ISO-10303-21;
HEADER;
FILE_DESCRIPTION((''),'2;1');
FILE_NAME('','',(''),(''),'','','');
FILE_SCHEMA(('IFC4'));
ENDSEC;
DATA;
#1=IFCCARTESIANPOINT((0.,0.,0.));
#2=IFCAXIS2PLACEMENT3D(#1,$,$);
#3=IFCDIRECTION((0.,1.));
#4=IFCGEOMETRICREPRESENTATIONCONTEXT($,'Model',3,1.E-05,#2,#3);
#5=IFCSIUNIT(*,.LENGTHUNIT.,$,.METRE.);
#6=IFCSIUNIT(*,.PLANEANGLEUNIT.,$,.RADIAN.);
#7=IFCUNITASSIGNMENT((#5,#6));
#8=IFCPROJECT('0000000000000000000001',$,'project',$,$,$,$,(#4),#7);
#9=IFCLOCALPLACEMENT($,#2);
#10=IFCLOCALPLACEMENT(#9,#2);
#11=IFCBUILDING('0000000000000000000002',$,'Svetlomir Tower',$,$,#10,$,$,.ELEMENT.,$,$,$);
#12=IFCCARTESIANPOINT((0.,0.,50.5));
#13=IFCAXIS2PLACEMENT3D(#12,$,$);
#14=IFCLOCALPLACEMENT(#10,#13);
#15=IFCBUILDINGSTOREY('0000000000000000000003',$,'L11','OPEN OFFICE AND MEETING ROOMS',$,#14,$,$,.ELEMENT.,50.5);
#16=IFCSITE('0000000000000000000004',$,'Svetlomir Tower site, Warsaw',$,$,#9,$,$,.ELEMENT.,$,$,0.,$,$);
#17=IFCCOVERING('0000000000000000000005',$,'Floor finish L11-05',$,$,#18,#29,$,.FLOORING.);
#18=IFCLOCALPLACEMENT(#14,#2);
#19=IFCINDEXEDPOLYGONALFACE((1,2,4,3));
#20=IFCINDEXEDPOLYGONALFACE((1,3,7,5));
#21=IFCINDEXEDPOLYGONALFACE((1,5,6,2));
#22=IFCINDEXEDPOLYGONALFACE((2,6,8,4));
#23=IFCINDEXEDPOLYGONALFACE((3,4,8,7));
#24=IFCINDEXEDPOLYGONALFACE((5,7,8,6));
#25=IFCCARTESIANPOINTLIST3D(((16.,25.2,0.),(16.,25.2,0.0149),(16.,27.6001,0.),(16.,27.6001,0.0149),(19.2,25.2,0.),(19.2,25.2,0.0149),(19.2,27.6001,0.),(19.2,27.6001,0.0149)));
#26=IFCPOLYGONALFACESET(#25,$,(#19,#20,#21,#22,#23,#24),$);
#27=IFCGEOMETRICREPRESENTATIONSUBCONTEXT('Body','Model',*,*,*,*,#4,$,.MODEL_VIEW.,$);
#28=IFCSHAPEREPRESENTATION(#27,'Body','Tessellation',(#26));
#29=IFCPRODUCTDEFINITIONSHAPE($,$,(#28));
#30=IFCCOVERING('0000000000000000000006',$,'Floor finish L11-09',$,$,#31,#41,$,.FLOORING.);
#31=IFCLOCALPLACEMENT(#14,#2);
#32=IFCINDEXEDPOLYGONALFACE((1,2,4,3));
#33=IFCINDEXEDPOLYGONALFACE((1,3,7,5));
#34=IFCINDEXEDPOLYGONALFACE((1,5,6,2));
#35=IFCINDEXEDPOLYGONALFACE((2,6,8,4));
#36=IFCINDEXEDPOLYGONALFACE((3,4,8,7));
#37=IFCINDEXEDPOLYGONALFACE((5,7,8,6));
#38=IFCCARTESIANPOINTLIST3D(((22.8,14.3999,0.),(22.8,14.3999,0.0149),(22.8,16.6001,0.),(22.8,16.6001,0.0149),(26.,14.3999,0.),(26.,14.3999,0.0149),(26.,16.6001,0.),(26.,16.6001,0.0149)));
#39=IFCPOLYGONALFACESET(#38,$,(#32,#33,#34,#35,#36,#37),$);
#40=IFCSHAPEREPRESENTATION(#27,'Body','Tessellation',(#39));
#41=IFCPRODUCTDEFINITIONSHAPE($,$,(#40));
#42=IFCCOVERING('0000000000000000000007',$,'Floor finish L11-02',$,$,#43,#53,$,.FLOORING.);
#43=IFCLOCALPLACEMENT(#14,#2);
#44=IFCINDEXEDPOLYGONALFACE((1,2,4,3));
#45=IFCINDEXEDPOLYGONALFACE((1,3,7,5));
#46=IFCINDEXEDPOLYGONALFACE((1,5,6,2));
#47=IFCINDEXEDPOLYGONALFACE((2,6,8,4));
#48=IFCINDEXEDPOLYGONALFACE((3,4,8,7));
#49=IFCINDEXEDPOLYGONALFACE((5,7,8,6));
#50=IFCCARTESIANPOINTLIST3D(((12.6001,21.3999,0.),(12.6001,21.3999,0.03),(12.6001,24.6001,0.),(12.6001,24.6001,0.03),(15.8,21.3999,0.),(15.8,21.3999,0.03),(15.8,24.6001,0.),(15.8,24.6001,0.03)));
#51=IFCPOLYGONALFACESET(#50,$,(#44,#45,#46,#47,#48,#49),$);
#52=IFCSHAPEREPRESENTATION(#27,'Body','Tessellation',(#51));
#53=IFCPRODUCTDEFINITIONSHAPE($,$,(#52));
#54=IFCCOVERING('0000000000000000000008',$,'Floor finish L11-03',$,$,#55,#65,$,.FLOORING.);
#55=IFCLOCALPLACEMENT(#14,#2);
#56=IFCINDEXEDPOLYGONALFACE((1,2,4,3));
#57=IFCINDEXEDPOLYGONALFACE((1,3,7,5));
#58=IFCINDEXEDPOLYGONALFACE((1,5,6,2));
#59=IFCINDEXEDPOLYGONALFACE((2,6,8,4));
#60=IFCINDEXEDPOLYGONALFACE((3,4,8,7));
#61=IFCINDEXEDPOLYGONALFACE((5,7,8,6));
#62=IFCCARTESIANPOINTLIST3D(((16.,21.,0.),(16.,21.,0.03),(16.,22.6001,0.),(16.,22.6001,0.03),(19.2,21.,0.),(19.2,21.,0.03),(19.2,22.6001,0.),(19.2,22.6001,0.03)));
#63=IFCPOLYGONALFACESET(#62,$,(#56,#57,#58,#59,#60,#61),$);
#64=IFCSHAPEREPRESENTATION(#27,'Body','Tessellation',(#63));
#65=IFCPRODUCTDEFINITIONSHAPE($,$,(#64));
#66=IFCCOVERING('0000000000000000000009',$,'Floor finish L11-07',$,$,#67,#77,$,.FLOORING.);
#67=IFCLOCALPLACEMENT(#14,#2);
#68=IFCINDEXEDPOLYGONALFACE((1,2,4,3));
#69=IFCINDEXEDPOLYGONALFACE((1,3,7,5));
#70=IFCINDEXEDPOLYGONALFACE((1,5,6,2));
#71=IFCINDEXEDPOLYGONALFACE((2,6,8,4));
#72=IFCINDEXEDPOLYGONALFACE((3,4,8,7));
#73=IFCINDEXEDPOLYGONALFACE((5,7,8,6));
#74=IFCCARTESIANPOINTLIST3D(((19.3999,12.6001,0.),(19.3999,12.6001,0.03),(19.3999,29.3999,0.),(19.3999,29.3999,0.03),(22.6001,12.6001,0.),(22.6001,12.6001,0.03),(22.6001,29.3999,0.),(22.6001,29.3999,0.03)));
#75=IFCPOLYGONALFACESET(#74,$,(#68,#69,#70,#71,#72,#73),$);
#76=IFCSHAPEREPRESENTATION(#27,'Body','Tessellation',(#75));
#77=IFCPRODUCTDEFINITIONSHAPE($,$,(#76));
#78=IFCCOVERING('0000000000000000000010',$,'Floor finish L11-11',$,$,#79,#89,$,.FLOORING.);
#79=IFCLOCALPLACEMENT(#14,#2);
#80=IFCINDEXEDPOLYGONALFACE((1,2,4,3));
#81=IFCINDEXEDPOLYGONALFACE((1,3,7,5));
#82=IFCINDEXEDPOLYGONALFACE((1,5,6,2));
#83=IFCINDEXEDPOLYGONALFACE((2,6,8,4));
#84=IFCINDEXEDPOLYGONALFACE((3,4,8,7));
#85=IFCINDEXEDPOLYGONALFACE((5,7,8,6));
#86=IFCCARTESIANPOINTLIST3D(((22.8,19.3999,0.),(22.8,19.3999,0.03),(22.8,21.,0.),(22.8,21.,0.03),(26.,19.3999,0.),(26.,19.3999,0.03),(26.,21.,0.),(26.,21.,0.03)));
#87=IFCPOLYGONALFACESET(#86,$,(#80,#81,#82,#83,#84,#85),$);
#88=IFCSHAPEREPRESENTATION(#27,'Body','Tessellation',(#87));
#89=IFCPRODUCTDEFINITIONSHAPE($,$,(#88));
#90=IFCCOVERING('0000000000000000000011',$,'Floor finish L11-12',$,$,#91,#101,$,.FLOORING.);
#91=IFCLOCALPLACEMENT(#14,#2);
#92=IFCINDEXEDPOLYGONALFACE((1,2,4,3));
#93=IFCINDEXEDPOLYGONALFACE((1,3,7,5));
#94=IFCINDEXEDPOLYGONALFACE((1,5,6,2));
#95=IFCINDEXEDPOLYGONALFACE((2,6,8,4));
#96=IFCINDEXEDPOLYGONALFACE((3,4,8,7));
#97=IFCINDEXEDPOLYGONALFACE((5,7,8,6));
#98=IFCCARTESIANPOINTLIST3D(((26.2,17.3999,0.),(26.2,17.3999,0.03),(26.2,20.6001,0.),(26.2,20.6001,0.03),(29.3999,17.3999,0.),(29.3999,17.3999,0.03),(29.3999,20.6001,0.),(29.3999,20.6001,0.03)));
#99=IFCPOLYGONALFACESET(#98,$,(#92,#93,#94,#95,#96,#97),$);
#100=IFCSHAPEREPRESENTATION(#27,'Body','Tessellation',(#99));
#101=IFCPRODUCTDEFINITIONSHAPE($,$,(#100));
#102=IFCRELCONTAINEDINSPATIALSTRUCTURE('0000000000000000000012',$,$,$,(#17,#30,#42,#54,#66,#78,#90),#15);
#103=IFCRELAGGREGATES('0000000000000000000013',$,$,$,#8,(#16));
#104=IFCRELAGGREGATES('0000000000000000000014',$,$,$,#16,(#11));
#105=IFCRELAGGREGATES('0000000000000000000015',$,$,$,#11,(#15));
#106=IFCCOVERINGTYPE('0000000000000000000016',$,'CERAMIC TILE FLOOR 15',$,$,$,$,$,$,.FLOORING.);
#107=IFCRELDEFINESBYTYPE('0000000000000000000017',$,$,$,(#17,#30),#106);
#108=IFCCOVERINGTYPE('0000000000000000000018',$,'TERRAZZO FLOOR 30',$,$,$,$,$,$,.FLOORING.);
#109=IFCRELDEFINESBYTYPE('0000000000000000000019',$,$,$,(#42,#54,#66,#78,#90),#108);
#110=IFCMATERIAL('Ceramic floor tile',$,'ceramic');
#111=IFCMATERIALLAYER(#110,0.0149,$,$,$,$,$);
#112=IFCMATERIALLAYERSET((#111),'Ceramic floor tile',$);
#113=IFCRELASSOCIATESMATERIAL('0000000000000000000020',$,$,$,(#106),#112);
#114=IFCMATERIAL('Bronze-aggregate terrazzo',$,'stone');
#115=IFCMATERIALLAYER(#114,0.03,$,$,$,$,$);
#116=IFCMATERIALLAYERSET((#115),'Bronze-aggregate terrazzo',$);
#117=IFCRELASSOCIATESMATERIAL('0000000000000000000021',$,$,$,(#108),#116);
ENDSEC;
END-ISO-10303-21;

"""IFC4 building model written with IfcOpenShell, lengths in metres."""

from ifc_helpers import new_model, si_unit, direction, frame, origin, place, context, subcontext, project, spatial, polyline, outline, extrude, material, layer, layer_set, type_object, element, save


model = new_model("IFC4")

# Units and contexts
model_context = context("Model", 3, precision=1e-05, world=origin(), true_north=direction((0.0, 1.0)))
body_context = subcontext(model_context, "Body", "Model", "MODEL_VIEW")
ifc_project = project(units=[si_unit("LENGTHUNIT", "METRE"), si_unit("PLANEANGLEUNIT", "RADIAN")], contexts=[model_context])

# Site, building, storey
site_placement = place(None, origin())
site = spatial("IfcSite", under=ifc_project, at=site_placement, Name="Svetlomir Tower site, Warsaw", CompositionType="ELEMENT", RefElevation=0.0)
building_placement = place(site_placement, origin())
building = spatial("IfcBuilding", under=site, at=building_placement, Name="Svetlomir Tower", CompositionType="ELEMENT")
storey_placement = place(building_placement, frame((0.0, 0.0, 50.5)))
storey = spatial("IfcBuildingStorey", under=building, at=storey_placement, Name="L11", Description="OPEN OFFICE AND MEETING ROOMS", CompositionType="ELEMENT", Elevation=50.5)

# Coverings
ifc_material_1 = material(Name="Ceramic floor tile", Category="ceramic")
ifc_layer_1 = layer(ifc_material_1, 0.0149)
ifc_layer_set_1 = layer_set([ifc_layer_1], Name="Ceramic floor tile")
covering_type_1 = type_object("IfcCoveringType", Name="CERAMIC TILE FLOOR 15", PredefinedType="FLOORING", material=ifc_layer_set_1)
covering_1_placement = place(storey_placement, origin())
element("IfcCovering", 1, at=covering_1_placement, inside=storey, type_object=covering_type_1, Name="Floor finish L11-05", PredefinedType="FLOORING", context=body_context, shape_type="SweptSolid", body=[
    extrude(outline(polyline([(16.0, 25.2), (19.2, 25.2), (19.2, 27.6001), (16.0, 27.6001), (16.0, 25.2)])), origin(), (0.0, 0.0, 1.0), 0.0149),
])
covering_2_placement = place(storey_placement, origin())
element("IfcCovering", 2, at=covering_2_placement, inside=storey, type_object=covering_type_1, Name="Floor finish L11-09", PredefinedType="FLOORING", context=body_context, shape_type="SweptSolid", body=[
    extrude(outline(polyline([(22.8, 14.3999), (26.0, 14.3999), (26.0, 16.6001), (22.8, 16.6001), (22.8, 14.3999)])), origin(), (0.0, 0.0, 1.0), 0.0149),
])
ifc_material_2 = material(Name="Bronze-aggregate terrazzo", Category="stone")
ifc_layer_2 = layer(ifc_material_2, 0.03)
ifc_layer_set_2 = layer_set([ifc_layer_2], Name="Bronze-aggregate terrazzo")
covering_type_2 = type_object("IfcCoveringType", Name="TERRAZZO FLOOR 30", PredefinedType="FLOORING", material=ifc_layer_set_2)
covering_3_placement = place(storey_placement, origin())
element("IfcCovering", 3, at=covering_3_placement, inside=storey, type_object=covering_type_2, Name="Floor finish L11-02", PredefinedType="FLOORING", context=body_context, shape_type="SweptSolid", body=[
    extrude(outline(polyline([(12.6001, 21.3999), (15.8, 21.3999), (15.8, 24.6001), (12.6001, 24.6001), (12.6001, 21.3999)])), origin(), (0.0, 0.0, 1.0), 0.03),
])
covering_4_placement = place(storey_placement, origin())
element("IfcCovering", 4, at=covering_4_placement, inside=storey, type_object=covering_type_2, Name="Floor finish L11-03", PredefinedType="FLOORING", context=body_context, shape_type="SweptSolid", body=[
    extrude(outline(polyline([(16.0, 21.0), (19.2, 21.0), (19.2, 22.6001), (16.0, 22.6001), (16.0, 21.0)])), origin(), (0.0, 0.0, 1.0), 0.03),
])
covering_5_placement = place(storey_placement, origin())
element("IfcCovering", 5, at=covering_5_placement, inside=storey, type_object=covering_type_2, Name="Floor finish L11-07", PredefinedType="FLOORING", context=body_context, shape_type="SweptSolid", body=[
    extrude(outline(polyline([(19.3999, 12.6001), (22.6001, 12.6001), (22.6001, 29.3999), (19.3999, 29.3999), (19.3999, 12.6001)])), origin(), (0.0, 0.0, 1.0), 0.03),
])
covering_6_placement = place(storey_placement, origin())
element("IfcCovering", 6, at=covering_6_placement, inside=storey, type_object=covering_type_2, Name="Floor finish L11-11", PredefinedType="FLOORING", context=body_context, shape_type="SweptSolid", body=[
    extrude(outline(polyline([(22.8, 19.3999), (26.0, 19.3999), (26.0, 21.0), (22.8, 21.0), (22.8, 19.3999)])), origin(), (0.0, 0.0, 1.0), 0.03),
])
covering_7_placement = place(storey_placement, origin())
element("IfcCovering", 7, at=covering_7_placement, inside=storey, type_object=covering_type_2, Name="Floor finish L11-12", PredefinedType="FLOORING", context=body_context, shape_type="SweptSolid", body=[
    extrude(outline(polyline([(26.2, 17.3999), (29.3999, 17.3999), (29.3999, 20.6001), (26.2, 20.6001), (26.2, 17.3999)])), origin(), (0.0, 0.0, 1.0), 0.03),
])

save(model, "model.ifc")
